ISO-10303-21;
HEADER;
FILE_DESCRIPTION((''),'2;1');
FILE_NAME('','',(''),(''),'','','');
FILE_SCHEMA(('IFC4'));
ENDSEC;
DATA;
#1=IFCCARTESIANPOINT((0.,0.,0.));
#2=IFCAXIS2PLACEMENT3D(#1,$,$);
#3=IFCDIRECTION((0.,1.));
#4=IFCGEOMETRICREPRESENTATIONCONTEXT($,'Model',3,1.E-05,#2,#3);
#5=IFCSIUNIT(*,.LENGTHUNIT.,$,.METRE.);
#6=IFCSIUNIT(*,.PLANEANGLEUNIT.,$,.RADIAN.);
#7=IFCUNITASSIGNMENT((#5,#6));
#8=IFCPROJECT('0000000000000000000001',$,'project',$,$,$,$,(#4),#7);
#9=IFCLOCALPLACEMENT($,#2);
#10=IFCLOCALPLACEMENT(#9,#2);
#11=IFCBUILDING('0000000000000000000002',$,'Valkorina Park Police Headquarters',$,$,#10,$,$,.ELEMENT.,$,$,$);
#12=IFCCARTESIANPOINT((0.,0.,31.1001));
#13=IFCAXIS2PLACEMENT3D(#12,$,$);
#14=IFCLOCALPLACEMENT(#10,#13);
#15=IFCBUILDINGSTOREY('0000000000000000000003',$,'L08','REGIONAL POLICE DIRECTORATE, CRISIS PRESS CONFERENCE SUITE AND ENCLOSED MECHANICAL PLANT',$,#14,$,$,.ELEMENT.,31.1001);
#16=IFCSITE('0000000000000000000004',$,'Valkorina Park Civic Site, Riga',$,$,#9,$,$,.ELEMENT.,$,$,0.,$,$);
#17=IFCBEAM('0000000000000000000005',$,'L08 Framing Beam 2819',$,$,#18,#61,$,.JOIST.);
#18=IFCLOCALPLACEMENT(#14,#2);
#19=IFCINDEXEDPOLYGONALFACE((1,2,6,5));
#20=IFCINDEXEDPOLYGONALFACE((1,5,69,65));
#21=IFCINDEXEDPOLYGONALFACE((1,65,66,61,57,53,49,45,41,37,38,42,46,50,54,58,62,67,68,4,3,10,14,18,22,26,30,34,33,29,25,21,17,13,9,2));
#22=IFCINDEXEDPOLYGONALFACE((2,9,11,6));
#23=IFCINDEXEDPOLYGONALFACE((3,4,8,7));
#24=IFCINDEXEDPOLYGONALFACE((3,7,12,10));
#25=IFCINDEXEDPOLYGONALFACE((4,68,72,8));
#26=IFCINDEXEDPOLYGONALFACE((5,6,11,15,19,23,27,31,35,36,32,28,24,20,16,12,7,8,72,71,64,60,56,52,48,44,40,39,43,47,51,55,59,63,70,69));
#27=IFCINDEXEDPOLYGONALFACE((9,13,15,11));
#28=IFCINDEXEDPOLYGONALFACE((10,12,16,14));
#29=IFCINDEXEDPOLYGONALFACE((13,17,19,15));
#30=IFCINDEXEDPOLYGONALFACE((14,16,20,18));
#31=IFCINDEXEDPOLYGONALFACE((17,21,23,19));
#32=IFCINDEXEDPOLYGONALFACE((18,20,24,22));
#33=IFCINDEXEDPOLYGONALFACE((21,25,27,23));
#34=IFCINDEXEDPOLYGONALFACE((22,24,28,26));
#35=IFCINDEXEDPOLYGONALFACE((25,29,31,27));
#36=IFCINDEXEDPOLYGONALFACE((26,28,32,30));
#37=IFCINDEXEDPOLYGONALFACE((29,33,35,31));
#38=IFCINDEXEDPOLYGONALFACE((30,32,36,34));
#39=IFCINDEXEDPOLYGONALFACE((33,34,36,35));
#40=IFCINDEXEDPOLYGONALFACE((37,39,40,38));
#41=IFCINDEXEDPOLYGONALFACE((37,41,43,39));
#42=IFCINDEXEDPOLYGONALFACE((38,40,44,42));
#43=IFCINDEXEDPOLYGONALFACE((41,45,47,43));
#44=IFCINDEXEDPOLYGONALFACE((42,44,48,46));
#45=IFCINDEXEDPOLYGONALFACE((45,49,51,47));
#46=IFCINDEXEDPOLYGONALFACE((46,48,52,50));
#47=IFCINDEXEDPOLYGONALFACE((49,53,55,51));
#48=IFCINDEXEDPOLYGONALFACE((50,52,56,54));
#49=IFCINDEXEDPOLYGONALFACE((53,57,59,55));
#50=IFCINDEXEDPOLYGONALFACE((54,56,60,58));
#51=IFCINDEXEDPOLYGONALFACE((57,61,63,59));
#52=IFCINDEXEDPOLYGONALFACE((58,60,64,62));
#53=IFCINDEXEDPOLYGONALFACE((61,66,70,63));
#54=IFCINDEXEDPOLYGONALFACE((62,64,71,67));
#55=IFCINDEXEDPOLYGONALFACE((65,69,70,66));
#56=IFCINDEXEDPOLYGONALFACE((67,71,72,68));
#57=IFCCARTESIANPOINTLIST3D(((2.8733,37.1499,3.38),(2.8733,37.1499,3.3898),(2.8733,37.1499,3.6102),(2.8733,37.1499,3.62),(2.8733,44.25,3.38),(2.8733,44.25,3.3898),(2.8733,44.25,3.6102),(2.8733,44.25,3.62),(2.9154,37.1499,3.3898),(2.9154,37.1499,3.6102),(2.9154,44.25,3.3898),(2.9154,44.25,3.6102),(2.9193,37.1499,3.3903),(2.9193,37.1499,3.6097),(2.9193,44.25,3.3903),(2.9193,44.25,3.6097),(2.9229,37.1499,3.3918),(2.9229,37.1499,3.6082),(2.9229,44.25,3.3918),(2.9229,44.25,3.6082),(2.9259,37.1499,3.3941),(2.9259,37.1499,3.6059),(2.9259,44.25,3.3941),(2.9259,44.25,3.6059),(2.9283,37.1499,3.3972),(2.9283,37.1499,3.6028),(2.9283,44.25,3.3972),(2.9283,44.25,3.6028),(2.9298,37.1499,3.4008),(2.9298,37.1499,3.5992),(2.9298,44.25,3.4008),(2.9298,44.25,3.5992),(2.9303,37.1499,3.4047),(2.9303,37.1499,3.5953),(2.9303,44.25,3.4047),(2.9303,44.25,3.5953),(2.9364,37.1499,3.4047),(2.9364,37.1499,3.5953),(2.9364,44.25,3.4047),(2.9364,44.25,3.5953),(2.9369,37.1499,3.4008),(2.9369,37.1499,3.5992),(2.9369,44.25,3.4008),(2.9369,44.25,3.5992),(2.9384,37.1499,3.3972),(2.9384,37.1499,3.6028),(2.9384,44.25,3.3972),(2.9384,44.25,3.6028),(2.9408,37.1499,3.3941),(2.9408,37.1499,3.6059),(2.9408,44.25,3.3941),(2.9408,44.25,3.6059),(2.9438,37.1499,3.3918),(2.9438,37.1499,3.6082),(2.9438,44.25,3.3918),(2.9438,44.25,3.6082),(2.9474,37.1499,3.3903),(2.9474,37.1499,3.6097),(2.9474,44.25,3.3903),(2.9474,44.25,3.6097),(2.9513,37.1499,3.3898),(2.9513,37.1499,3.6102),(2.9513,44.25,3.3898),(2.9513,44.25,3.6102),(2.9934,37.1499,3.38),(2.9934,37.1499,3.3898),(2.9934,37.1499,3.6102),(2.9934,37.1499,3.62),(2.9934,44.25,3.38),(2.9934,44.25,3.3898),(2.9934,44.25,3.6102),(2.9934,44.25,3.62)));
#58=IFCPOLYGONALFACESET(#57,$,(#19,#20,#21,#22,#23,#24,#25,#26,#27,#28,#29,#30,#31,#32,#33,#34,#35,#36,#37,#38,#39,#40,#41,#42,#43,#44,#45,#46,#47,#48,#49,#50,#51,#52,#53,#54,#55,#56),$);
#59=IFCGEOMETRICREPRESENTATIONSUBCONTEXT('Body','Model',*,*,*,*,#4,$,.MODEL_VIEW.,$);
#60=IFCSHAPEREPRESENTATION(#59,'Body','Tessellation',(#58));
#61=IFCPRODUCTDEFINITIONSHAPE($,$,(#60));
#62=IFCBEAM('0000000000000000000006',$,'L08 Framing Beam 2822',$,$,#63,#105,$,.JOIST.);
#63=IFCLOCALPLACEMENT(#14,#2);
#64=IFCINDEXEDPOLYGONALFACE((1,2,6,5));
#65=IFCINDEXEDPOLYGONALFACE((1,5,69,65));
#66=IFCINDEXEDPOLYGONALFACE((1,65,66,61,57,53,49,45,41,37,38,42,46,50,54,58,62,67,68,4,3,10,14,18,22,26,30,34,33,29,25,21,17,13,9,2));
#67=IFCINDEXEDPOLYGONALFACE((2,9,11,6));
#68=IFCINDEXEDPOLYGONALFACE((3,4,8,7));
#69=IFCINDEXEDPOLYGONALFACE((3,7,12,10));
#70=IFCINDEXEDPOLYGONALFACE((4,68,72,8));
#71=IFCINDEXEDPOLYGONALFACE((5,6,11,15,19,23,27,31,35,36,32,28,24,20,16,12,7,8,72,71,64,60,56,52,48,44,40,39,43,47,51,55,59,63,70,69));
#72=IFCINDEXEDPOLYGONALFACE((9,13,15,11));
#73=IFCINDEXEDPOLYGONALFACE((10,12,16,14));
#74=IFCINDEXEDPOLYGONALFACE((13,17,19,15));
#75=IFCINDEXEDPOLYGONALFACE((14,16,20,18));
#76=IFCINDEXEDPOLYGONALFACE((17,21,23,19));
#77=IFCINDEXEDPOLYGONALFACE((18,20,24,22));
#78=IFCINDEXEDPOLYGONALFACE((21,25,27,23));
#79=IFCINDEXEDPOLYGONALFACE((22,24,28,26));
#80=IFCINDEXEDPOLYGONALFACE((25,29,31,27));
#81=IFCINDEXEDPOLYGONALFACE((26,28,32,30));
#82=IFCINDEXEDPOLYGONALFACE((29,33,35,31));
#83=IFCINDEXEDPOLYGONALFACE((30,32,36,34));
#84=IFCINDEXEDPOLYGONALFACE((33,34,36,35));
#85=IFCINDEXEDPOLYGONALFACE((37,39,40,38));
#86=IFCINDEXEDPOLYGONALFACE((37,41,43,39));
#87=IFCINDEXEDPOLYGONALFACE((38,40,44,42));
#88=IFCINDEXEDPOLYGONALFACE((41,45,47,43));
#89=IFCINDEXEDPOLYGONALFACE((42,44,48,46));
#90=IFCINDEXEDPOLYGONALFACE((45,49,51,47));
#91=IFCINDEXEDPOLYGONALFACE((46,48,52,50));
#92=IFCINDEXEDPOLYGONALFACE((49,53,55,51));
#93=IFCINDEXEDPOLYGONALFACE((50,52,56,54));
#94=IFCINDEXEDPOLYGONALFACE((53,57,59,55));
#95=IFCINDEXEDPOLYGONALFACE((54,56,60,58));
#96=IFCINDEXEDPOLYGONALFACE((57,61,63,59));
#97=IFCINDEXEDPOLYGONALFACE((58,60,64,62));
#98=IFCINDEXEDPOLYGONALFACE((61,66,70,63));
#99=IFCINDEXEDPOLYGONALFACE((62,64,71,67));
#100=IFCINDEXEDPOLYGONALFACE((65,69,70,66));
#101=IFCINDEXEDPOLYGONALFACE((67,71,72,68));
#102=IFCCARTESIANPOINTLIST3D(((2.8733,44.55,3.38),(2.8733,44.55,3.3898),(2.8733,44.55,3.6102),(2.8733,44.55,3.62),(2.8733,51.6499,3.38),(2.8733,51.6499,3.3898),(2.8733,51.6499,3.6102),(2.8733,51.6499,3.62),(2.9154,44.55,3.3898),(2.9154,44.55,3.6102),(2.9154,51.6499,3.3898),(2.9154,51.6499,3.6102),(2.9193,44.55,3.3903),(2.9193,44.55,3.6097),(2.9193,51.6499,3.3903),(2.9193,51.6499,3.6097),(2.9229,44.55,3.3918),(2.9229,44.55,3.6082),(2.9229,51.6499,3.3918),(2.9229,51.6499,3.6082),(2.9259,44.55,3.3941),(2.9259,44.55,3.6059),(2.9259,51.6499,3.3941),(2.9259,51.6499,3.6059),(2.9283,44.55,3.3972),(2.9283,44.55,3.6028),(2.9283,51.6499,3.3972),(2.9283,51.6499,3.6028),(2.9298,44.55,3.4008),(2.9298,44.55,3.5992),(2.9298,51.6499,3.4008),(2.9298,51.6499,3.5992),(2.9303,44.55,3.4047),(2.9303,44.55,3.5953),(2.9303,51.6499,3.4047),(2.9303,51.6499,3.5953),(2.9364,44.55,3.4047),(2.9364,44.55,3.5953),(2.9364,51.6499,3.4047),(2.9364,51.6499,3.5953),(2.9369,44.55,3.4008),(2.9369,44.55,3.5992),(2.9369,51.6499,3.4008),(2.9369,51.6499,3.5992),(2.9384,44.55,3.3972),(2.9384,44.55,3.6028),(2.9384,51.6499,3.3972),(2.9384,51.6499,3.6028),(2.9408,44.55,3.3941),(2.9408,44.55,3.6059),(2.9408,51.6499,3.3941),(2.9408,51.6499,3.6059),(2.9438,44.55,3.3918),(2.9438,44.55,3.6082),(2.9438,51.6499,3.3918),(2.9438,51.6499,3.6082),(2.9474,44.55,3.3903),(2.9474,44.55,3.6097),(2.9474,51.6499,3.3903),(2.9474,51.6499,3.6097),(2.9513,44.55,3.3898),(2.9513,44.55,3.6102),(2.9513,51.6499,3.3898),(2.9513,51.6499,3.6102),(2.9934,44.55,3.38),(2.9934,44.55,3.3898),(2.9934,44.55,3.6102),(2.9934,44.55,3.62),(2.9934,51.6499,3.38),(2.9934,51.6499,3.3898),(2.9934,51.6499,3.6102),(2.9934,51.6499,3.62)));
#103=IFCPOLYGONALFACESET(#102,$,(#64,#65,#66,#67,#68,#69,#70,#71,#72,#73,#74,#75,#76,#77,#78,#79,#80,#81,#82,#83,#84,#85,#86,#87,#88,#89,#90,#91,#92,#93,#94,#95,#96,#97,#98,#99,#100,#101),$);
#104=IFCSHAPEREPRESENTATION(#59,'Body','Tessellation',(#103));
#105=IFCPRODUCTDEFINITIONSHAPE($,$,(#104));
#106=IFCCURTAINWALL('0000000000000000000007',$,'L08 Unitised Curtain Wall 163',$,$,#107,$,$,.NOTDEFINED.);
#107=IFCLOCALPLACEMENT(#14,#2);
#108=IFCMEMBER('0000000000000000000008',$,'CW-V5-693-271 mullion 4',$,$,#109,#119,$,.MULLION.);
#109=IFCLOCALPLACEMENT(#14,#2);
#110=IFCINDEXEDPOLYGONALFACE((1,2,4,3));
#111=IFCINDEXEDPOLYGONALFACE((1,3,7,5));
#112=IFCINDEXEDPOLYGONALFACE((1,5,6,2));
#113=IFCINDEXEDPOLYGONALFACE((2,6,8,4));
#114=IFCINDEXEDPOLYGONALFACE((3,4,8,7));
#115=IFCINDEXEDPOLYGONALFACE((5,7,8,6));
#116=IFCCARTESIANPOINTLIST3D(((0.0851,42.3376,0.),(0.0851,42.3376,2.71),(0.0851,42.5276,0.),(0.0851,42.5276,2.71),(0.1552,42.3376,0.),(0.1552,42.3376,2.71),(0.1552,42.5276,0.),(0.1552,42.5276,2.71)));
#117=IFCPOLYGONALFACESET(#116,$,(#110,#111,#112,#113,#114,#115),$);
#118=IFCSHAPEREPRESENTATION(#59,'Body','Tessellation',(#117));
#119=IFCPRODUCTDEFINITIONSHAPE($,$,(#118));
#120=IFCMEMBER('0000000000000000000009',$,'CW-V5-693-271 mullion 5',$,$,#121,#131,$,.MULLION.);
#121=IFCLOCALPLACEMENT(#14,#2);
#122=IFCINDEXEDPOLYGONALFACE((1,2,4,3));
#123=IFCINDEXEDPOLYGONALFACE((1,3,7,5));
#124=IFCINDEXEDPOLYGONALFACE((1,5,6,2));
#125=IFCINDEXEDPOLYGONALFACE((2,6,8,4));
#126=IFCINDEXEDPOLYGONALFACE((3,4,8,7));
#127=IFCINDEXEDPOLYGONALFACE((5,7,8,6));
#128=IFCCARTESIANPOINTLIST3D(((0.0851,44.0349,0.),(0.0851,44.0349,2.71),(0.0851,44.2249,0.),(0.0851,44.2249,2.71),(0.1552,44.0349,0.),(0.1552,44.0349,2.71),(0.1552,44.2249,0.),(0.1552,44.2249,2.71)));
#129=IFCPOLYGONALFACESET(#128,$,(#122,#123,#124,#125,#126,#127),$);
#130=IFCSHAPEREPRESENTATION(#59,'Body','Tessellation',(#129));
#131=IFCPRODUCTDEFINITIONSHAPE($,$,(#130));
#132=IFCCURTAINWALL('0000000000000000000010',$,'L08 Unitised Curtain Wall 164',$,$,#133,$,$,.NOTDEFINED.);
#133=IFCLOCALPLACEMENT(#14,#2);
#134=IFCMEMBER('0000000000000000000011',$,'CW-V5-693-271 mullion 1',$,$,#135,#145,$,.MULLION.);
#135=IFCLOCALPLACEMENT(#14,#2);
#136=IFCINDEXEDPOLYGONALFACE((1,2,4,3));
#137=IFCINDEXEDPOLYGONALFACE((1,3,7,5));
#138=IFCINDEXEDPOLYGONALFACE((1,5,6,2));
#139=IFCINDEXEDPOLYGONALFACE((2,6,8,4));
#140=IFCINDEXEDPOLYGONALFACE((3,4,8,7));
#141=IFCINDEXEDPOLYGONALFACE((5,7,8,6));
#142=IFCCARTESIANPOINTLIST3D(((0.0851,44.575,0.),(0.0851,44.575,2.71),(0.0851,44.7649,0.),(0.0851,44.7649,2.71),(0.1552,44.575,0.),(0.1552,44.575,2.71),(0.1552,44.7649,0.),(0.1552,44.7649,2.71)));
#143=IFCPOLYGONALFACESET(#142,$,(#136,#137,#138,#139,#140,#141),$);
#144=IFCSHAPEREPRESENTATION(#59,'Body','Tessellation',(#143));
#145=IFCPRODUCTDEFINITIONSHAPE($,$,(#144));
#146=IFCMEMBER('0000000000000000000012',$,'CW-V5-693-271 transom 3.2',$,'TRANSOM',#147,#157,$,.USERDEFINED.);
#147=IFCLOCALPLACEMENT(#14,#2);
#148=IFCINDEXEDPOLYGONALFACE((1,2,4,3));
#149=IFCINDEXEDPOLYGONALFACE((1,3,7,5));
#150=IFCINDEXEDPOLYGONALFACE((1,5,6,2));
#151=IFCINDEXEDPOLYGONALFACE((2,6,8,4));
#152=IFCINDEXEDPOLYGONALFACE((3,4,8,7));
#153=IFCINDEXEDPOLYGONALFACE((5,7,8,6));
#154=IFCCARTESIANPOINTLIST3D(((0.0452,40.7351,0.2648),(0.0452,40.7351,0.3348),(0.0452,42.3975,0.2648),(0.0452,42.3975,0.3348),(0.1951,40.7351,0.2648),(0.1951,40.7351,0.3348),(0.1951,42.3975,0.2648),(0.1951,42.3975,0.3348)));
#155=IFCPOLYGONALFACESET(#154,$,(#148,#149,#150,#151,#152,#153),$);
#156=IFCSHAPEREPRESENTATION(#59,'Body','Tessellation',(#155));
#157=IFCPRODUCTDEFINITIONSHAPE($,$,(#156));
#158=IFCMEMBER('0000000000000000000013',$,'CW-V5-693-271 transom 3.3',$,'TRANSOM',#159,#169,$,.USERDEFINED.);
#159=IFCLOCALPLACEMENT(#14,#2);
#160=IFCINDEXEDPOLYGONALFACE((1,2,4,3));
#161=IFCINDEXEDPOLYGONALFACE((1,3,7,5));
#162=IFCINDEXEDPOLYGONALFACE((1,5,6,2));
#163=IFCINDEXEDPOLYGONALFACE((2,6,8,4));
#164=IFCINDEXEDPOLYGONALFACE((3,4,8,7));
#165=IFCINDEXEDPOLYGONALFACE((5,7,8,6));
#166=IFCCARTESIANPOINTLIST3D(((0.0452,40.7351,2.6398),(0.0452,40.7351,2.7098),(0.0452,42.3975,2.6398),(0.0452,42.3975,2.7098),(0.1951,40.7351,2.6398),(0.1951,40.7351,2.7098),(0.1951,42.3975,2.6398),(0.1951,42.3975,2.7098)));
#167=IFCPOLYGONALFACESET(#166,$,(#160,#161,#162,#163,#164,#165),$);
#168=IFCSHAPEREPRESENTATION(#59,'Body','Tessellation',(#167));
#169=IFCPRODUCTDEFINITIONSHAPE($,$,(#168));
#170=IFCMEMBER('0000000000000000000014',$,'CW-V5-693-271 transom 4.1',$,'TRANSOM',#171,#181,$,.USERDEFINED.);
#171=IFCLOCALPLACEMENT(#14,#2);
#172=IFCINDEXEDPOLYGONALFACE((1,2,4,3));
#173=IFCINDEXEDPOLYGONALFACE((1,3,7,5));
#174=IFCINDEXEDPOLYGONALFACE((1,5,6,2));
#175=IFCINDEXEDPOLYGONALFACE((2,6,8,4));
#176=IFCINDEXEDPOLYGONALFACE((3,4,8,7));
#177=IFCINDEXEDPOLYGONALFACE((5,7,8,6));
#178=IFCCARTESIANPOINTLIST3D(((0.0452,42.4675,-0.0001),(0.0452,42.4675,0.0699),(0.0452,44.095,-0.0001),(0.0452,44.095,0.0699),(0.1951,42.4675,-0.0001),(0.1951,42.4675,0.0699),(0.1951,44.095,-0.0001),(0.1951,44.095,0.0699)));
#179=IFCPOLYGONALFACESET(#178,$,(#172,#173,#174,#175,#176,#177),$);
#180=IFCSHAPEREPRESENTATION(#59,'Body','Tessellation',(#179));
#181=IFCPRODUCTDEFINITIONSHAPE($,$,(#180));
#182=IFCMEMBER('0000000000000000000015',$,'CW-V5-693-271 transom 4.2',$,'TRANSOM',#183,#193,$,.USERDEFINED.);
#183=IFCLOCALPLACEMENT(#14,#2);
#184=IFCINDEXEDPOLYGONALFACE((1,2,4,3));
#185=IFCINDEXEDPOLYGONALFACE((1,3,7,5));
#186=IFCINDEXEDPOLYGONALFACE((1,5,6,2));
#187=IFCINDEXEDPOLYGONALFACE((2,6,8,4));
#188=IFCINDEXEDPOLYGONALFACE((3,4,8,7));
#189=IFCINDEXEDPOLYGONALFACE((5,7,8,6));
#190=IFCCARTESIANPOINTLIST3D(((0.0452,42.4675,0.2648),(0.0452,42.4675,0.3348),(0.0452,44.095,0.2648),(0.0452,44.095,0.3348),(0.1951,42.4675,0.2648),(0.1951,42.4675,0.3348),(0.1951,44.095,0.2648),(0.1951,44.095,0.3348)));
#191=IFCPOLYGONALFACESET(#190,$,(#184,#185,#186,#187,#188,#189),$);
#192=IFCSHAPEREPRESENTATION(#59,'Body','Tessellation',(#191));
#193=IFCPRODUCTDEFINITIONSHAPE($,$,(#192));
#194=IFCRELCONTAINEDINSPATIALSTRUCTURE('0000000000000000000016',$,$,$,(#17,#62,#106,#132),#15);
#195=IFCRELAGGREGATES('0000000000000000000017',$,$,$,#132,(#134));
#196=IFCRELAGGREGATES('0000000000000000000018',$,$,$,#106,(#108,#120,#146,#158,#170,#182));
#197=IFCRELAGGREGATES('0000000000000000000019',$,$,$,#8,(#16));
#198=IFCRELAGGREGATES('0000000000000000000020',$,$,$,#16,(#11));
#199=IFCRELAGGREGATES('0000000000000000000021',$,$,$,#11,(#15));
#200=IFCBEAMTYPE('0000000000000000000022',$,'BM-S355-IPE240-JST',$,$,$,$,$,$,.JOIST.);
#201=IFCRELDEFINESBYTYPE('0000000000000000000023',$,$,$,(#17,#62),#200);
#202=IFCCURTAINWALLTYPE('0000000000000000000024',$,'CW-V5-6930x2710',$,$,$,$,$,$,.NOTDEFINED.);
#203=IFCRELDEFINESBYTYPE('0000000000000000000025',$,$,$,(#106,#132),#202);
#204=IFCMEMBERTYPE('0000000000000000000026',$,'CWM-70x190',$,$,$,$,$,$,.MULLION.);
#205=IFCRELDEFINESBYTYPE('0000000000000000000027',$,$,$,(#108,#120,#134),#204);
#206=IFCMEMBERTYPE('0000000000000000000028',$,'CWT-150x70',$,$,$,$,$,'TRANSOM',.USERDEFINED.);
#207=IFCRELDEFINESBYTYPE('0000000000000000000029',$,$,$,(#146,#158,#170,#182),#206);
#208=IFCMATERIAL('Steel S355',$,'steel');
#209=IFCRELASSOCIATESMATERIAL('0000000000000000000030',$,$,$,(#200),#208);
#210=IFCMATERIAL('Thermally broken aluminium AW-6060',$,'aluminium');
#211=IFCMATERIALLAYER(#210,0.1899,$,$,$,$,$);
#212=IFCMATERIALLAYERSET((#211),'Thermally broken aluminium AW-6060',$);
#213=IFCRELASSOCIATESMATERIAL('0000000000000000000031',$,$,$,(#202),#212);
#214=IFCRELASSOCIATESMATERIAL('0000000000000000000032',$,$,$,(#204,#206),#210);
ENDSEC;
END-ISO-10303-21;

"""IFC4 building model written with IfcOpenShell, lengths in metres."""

from ifc_helpers import new_model, si_unit, direction, frame, origin, origin_2d, place, context, subcontext, project, spatial, rectangle, i_section, extrude, material, layer, layer_set, material_profile, profile_set, type_object, element, aggregate, save


model = new_model("IFC4")

# Units and contexts
model_context = context("Model", 3, precision=1e-05, world=origin(), true_north=direction((0.0, 1.0)))
body_context = subcontext(model_context, "Body", "Model", "MODEL_VIEW")
ifc_project = project(units=[si_unit("LENGTHUNIT", "METRE"), si_unit("PLANEANGLEUNIT", "RADIAN")], contexts=[model_context])

# Site, building, storey
site_placement = place(None, origin())
site = spatial("IfcSite", under=ifc_project, at=site_placement, Name="Valkorina Park Civic Site, Riga", CompositionType="ELEMENT", RefElevation=0.0)
building_placement = place(site_placement, origin())
building = spatial("IfcBuilding", under=site, at=building_placement, Name="Valkorina Park Police Headquarters", CompositionType="ELEMENT")
storey_placement = place(building_placement, frame((0.0, 0.0, 31.1001)))
storey = spatial("IfcBuildingStorey", under=building, at=storey_placement, Name="L08", Description="REGIONAL POLICE DIRECTORATE, CRISIS PRESS CONFERENCE SUITE AND ENCLOSED MECHANICAL PLANT", CompositionType="ELEMENT", Elevation=31.1001)

# Beams
ifc_material_1 = material(Name="Steel S355", Category="steel")
ifc_material_profile_1 = material_profile(ifc_material_1, i_section(OverallWidth=0.1201, OverallDepth=0.24, WebThickness=0.0061, FlangeThickness=0.0098, FilletRadius=0.0149, at=origin_2d()), Name="IPE 240")
ifc_profile_set_1 = profile_set([ifc_material_profile_1], Name="Steel S355")
beam_type = type_object("IfcBeamType", Name="BM-S355-IPE240-JST", PredefinedType="JOIST", material=ifc_profile_set_1)
beam_1_placement = place(storey_placement, frame((2.9333, 37.1499, 3.5), z_axis=(0.0, 1.0, 0.0), x_axis=(-1.0, 0.0, 0.0)))
element("IfcBeam", 1, at=beam_1_placement, inside=storey, type_object=beam_type, Name="L08 Framing Beam 2819", PredefinedType="JOIST", context=body_context, shape_type="SweptSolid", body=[
    extrude(i_section(OverallWidth=0.1201, OverallDepth=0.24, WebThickness=0.0061, FlangeThickness=0.0098, FilletRadius=0.0149, at=origin_2d()), origin(), (0.0, 0.0, 1.0), 7.1001),
])
beam_2_placement = place(storey_placement, frame((2.9333, 44.55, 3.5), z_axis=(0.0, 1.0, 0.0), x_axis=(-1.0, 0.0, 0.0)))
element("IfcBeam", 2, at=beam_2_placement, inside=storey, type_object=beam_type, Name="L08 Framing Beam 2822", PredefinedType="JOIST", context=body_context, shape_type="SweptSolid", body=[
    extrude(i_section(OverallWidth=0.1201, OverallDepth=0.24, WebThickness=0.0061, FlangeThickness=0.0098, FilletRadius=0.0149, at=origin_2d()), origin(), (0.0, 0.0, 1.0), 7.0999),
])

# Curtain wall, members
ifc_material_2 = material(Name="Thermally broken aluminium AW-6060", Category="aluminium")
ifc_layer_1 = layer(ifc_material_2, 0.1899)
ifc_layer_set_1 = layer_set([ifc_layer_1], Name="Thermally broken aluminium AW-6060")
curtain_wall_type = type_object("IfcCurtainWallType", Name="CW-V5-6930x2710", PredefinedType="NOTDEFINED", material=ifc_layer_set_1)
curtain_wall_1_placement = place(storey_placement, origin())
curtain_wall_1 = element("IfcCurtainWall", 3, at=curtain_wall_1_placement, inside=storey, type_object=curtain_wall_type, Name="L08 Unitised Curtain Wall 163", PredefinedType="NOTDEFINED")
ifc_material_profile_2 = material_profile(ifc_material_2, rectangle(XDim=0.0701, YDim=0.1899, at=origin_2d()), Name="CWM-02 70x190")
ifc_profile_set_2 = profile_set([ifc_material_profile_2], Name="Thermally broken aluminium AW-6060")
member_type_1 = type_object("IfcMemberType", Name="CWM-70x190", PredefinedType="MULLION", material=ifc_profile_set_2)
member_1_placement = place(storey_placement, frame((0.1201, 42.4326, 0.0), z_axis=(0.0, 0.0, 1.0), x_axis=(-1.0, 0.0, 0.0)))
member_1 = element("IfcMember", 4, at=member_1_placement, type_object=member_type_1, Name="CW-V5-693-271 mullion 4", PredefinedType="MULLION", context=body_context, shape_type="SweptSolid", body=[
    extrude(rectangle(XDim=0.0701, YDim=0.1899, at=origin_2d()), origin(), (0.0, 0.0, 1.0), 2.71),
])
member_2_placement = place(storey_placement, frame((0.1201, 44.1299, 0.0), z_axis=(0.0, 0.0, 1.0), x_axis=(-1.0, 0.0, 0.0)))
member_2 = element("IfcMember", 5, at=member_2_placement, type_object=member_type_1, Name="CW-V5-693-271 mullion 5", PredefinedType="MULLION", context=body_context, shape_type="SweptSolid", body=[
    extrude(rectangle(XDim=0.0701, YDim=0.1899, at=origin_2d()), origin(), (0.0, 0.0, 1.0), 2.71),
])

# Curtain wall, member
curtain_wall_2_placement = place(storey_placement, origin())
curtain_wall_2 = element("IfcCurtainWall", 6, at=curtain_wall_2_placement, inside=storey, type_object=curtain_wall_type, Name="L08 Unitised Curtain Wall 164", PredefinedType="NOTDEFINED")
member_3_placement = place(storey_placement, frame((0.1201, 44.6699, 0.0), z_axis=(0.0, 0.0, 1.0), x_axis=(-1.0, 0.0, 0.0)))
member_3 = element("IfcMember", 7, at=member_3_placement, type_object=member_type_1, Name="CW-V5-693-271 mullion 1", PredefinedType="MULLION", context=body_context, shape_type="SweptSolid", body=[
    extrude(rectangle(XDim=0.0701, YDim=0.1899, at=origin_2d()), origin(), (0.0, 0.0, 1.0), 2.71),
])

# Members
ifc_material_profile_3 = material_profile(ifc_material_2, rectangle(XDim=0.1499, YDim=0.0701, at=origin_2d()), Name="CWT-02 150x70")
ifc_profile_set_3 = profile_set([ifc_material_profile_3], Name="Thermally broken aluminium AW-6060")
member_type_2 = type_object("IfcMemberType", Name="CWT-150x70", ElementType="TRANSOM", PredefinedType="USERDEFINED", material=ifc_profile_set_3)
member_4_placement = place(storey_placement, frame((0.1201, 40.7351, 0.2998), z_axis=(0.0, 1.0, 0.0), x_axis=(-1.0, 0.0, 0.0)))
member_4 = element("IfcMember", 8, at=member_4_placement, type_object=member_type_2, Name="CW-V5-693-271 transom 3.2", ObjectType="TRANSOM", PredefinedType="USERDEFINED", context=body_context, shape_type="SweptSolid", body=[
    extrude(rectangle(XDim=0.1499, YDim=0.0701, at=origin_2d()), origin(), (0.0, 0.0, 1.0), 1.6624),
])
member_5_placement = place(storey_placement, frame((0.1201, 40.7351, 2.6748), z_axis=(0.0, 1.0, 0.0), x_axis=(-1.0, 0.0, 0.0)))
member_5 = element("IfcMember", 9, at=member_5_placement, type_object=member_type_2, Name="CW-V5-693-271 transom 3.3", ObjectType="TRANSOM", PredefinedType="USERDEFINED", context=body_context, shape_type="SweptSolid", body=[
    extrude(rectangle(XDim=0.1499, YDim=0.0701, at=origin_2d()), origin(), (0.0, 0.0, 1.0), 1.6624),
])
member_6_placement = place(storey_placement, frame((0.1201, 42.4675, 0.0349), z_axis=(0.0, 1.0, 0.0), x_axis=(-1.0, 0.0, 0.0)))
member_6 = element("IfcMember", 10, at=member_6_placement, type_object=member_type_2, Name="CW-V5-693-271 transom 4.1", ObjectType="TRANSOM", PredefinedType="USERDEFINED", context=body_context, shape_type="SweptSolid", body=[
    extrude(rectangle(XDim=0.1499, YDim=0.0701, at=origin_2d()), origin(), (0.0, 0.0, 1.0), 1.6274),
])
member_7_placement = place(storey_placement, frame((0.1201, 42.4675, 0.2998), z_axis=(0.0, 1.0, 0.0), x_axis=(-1.0, 0.0, 0.0)))
member_7 = element("IfcMember", 11, at=member_7_placement, type_object=member_type_2, Name="CW-V5-693-271 transom 4.2", ObjectType="TRANSOM", PredefinedType="USERDEFINED", context=body_context, shape_type="SweptSolid", body=[
    extrude(rectangle(XDim=0.1499, YDim=0.0701, at=origin_2d()), origin(), (0.0, 0.0, 1.0), 1.6274),
])
aggregate(curtain_wall_2, [member_3])

aggregate(curtain_wall_1, [member_1, member_2, member_4, member_5, member_6, member_7])

save(model, "model.ifc")
